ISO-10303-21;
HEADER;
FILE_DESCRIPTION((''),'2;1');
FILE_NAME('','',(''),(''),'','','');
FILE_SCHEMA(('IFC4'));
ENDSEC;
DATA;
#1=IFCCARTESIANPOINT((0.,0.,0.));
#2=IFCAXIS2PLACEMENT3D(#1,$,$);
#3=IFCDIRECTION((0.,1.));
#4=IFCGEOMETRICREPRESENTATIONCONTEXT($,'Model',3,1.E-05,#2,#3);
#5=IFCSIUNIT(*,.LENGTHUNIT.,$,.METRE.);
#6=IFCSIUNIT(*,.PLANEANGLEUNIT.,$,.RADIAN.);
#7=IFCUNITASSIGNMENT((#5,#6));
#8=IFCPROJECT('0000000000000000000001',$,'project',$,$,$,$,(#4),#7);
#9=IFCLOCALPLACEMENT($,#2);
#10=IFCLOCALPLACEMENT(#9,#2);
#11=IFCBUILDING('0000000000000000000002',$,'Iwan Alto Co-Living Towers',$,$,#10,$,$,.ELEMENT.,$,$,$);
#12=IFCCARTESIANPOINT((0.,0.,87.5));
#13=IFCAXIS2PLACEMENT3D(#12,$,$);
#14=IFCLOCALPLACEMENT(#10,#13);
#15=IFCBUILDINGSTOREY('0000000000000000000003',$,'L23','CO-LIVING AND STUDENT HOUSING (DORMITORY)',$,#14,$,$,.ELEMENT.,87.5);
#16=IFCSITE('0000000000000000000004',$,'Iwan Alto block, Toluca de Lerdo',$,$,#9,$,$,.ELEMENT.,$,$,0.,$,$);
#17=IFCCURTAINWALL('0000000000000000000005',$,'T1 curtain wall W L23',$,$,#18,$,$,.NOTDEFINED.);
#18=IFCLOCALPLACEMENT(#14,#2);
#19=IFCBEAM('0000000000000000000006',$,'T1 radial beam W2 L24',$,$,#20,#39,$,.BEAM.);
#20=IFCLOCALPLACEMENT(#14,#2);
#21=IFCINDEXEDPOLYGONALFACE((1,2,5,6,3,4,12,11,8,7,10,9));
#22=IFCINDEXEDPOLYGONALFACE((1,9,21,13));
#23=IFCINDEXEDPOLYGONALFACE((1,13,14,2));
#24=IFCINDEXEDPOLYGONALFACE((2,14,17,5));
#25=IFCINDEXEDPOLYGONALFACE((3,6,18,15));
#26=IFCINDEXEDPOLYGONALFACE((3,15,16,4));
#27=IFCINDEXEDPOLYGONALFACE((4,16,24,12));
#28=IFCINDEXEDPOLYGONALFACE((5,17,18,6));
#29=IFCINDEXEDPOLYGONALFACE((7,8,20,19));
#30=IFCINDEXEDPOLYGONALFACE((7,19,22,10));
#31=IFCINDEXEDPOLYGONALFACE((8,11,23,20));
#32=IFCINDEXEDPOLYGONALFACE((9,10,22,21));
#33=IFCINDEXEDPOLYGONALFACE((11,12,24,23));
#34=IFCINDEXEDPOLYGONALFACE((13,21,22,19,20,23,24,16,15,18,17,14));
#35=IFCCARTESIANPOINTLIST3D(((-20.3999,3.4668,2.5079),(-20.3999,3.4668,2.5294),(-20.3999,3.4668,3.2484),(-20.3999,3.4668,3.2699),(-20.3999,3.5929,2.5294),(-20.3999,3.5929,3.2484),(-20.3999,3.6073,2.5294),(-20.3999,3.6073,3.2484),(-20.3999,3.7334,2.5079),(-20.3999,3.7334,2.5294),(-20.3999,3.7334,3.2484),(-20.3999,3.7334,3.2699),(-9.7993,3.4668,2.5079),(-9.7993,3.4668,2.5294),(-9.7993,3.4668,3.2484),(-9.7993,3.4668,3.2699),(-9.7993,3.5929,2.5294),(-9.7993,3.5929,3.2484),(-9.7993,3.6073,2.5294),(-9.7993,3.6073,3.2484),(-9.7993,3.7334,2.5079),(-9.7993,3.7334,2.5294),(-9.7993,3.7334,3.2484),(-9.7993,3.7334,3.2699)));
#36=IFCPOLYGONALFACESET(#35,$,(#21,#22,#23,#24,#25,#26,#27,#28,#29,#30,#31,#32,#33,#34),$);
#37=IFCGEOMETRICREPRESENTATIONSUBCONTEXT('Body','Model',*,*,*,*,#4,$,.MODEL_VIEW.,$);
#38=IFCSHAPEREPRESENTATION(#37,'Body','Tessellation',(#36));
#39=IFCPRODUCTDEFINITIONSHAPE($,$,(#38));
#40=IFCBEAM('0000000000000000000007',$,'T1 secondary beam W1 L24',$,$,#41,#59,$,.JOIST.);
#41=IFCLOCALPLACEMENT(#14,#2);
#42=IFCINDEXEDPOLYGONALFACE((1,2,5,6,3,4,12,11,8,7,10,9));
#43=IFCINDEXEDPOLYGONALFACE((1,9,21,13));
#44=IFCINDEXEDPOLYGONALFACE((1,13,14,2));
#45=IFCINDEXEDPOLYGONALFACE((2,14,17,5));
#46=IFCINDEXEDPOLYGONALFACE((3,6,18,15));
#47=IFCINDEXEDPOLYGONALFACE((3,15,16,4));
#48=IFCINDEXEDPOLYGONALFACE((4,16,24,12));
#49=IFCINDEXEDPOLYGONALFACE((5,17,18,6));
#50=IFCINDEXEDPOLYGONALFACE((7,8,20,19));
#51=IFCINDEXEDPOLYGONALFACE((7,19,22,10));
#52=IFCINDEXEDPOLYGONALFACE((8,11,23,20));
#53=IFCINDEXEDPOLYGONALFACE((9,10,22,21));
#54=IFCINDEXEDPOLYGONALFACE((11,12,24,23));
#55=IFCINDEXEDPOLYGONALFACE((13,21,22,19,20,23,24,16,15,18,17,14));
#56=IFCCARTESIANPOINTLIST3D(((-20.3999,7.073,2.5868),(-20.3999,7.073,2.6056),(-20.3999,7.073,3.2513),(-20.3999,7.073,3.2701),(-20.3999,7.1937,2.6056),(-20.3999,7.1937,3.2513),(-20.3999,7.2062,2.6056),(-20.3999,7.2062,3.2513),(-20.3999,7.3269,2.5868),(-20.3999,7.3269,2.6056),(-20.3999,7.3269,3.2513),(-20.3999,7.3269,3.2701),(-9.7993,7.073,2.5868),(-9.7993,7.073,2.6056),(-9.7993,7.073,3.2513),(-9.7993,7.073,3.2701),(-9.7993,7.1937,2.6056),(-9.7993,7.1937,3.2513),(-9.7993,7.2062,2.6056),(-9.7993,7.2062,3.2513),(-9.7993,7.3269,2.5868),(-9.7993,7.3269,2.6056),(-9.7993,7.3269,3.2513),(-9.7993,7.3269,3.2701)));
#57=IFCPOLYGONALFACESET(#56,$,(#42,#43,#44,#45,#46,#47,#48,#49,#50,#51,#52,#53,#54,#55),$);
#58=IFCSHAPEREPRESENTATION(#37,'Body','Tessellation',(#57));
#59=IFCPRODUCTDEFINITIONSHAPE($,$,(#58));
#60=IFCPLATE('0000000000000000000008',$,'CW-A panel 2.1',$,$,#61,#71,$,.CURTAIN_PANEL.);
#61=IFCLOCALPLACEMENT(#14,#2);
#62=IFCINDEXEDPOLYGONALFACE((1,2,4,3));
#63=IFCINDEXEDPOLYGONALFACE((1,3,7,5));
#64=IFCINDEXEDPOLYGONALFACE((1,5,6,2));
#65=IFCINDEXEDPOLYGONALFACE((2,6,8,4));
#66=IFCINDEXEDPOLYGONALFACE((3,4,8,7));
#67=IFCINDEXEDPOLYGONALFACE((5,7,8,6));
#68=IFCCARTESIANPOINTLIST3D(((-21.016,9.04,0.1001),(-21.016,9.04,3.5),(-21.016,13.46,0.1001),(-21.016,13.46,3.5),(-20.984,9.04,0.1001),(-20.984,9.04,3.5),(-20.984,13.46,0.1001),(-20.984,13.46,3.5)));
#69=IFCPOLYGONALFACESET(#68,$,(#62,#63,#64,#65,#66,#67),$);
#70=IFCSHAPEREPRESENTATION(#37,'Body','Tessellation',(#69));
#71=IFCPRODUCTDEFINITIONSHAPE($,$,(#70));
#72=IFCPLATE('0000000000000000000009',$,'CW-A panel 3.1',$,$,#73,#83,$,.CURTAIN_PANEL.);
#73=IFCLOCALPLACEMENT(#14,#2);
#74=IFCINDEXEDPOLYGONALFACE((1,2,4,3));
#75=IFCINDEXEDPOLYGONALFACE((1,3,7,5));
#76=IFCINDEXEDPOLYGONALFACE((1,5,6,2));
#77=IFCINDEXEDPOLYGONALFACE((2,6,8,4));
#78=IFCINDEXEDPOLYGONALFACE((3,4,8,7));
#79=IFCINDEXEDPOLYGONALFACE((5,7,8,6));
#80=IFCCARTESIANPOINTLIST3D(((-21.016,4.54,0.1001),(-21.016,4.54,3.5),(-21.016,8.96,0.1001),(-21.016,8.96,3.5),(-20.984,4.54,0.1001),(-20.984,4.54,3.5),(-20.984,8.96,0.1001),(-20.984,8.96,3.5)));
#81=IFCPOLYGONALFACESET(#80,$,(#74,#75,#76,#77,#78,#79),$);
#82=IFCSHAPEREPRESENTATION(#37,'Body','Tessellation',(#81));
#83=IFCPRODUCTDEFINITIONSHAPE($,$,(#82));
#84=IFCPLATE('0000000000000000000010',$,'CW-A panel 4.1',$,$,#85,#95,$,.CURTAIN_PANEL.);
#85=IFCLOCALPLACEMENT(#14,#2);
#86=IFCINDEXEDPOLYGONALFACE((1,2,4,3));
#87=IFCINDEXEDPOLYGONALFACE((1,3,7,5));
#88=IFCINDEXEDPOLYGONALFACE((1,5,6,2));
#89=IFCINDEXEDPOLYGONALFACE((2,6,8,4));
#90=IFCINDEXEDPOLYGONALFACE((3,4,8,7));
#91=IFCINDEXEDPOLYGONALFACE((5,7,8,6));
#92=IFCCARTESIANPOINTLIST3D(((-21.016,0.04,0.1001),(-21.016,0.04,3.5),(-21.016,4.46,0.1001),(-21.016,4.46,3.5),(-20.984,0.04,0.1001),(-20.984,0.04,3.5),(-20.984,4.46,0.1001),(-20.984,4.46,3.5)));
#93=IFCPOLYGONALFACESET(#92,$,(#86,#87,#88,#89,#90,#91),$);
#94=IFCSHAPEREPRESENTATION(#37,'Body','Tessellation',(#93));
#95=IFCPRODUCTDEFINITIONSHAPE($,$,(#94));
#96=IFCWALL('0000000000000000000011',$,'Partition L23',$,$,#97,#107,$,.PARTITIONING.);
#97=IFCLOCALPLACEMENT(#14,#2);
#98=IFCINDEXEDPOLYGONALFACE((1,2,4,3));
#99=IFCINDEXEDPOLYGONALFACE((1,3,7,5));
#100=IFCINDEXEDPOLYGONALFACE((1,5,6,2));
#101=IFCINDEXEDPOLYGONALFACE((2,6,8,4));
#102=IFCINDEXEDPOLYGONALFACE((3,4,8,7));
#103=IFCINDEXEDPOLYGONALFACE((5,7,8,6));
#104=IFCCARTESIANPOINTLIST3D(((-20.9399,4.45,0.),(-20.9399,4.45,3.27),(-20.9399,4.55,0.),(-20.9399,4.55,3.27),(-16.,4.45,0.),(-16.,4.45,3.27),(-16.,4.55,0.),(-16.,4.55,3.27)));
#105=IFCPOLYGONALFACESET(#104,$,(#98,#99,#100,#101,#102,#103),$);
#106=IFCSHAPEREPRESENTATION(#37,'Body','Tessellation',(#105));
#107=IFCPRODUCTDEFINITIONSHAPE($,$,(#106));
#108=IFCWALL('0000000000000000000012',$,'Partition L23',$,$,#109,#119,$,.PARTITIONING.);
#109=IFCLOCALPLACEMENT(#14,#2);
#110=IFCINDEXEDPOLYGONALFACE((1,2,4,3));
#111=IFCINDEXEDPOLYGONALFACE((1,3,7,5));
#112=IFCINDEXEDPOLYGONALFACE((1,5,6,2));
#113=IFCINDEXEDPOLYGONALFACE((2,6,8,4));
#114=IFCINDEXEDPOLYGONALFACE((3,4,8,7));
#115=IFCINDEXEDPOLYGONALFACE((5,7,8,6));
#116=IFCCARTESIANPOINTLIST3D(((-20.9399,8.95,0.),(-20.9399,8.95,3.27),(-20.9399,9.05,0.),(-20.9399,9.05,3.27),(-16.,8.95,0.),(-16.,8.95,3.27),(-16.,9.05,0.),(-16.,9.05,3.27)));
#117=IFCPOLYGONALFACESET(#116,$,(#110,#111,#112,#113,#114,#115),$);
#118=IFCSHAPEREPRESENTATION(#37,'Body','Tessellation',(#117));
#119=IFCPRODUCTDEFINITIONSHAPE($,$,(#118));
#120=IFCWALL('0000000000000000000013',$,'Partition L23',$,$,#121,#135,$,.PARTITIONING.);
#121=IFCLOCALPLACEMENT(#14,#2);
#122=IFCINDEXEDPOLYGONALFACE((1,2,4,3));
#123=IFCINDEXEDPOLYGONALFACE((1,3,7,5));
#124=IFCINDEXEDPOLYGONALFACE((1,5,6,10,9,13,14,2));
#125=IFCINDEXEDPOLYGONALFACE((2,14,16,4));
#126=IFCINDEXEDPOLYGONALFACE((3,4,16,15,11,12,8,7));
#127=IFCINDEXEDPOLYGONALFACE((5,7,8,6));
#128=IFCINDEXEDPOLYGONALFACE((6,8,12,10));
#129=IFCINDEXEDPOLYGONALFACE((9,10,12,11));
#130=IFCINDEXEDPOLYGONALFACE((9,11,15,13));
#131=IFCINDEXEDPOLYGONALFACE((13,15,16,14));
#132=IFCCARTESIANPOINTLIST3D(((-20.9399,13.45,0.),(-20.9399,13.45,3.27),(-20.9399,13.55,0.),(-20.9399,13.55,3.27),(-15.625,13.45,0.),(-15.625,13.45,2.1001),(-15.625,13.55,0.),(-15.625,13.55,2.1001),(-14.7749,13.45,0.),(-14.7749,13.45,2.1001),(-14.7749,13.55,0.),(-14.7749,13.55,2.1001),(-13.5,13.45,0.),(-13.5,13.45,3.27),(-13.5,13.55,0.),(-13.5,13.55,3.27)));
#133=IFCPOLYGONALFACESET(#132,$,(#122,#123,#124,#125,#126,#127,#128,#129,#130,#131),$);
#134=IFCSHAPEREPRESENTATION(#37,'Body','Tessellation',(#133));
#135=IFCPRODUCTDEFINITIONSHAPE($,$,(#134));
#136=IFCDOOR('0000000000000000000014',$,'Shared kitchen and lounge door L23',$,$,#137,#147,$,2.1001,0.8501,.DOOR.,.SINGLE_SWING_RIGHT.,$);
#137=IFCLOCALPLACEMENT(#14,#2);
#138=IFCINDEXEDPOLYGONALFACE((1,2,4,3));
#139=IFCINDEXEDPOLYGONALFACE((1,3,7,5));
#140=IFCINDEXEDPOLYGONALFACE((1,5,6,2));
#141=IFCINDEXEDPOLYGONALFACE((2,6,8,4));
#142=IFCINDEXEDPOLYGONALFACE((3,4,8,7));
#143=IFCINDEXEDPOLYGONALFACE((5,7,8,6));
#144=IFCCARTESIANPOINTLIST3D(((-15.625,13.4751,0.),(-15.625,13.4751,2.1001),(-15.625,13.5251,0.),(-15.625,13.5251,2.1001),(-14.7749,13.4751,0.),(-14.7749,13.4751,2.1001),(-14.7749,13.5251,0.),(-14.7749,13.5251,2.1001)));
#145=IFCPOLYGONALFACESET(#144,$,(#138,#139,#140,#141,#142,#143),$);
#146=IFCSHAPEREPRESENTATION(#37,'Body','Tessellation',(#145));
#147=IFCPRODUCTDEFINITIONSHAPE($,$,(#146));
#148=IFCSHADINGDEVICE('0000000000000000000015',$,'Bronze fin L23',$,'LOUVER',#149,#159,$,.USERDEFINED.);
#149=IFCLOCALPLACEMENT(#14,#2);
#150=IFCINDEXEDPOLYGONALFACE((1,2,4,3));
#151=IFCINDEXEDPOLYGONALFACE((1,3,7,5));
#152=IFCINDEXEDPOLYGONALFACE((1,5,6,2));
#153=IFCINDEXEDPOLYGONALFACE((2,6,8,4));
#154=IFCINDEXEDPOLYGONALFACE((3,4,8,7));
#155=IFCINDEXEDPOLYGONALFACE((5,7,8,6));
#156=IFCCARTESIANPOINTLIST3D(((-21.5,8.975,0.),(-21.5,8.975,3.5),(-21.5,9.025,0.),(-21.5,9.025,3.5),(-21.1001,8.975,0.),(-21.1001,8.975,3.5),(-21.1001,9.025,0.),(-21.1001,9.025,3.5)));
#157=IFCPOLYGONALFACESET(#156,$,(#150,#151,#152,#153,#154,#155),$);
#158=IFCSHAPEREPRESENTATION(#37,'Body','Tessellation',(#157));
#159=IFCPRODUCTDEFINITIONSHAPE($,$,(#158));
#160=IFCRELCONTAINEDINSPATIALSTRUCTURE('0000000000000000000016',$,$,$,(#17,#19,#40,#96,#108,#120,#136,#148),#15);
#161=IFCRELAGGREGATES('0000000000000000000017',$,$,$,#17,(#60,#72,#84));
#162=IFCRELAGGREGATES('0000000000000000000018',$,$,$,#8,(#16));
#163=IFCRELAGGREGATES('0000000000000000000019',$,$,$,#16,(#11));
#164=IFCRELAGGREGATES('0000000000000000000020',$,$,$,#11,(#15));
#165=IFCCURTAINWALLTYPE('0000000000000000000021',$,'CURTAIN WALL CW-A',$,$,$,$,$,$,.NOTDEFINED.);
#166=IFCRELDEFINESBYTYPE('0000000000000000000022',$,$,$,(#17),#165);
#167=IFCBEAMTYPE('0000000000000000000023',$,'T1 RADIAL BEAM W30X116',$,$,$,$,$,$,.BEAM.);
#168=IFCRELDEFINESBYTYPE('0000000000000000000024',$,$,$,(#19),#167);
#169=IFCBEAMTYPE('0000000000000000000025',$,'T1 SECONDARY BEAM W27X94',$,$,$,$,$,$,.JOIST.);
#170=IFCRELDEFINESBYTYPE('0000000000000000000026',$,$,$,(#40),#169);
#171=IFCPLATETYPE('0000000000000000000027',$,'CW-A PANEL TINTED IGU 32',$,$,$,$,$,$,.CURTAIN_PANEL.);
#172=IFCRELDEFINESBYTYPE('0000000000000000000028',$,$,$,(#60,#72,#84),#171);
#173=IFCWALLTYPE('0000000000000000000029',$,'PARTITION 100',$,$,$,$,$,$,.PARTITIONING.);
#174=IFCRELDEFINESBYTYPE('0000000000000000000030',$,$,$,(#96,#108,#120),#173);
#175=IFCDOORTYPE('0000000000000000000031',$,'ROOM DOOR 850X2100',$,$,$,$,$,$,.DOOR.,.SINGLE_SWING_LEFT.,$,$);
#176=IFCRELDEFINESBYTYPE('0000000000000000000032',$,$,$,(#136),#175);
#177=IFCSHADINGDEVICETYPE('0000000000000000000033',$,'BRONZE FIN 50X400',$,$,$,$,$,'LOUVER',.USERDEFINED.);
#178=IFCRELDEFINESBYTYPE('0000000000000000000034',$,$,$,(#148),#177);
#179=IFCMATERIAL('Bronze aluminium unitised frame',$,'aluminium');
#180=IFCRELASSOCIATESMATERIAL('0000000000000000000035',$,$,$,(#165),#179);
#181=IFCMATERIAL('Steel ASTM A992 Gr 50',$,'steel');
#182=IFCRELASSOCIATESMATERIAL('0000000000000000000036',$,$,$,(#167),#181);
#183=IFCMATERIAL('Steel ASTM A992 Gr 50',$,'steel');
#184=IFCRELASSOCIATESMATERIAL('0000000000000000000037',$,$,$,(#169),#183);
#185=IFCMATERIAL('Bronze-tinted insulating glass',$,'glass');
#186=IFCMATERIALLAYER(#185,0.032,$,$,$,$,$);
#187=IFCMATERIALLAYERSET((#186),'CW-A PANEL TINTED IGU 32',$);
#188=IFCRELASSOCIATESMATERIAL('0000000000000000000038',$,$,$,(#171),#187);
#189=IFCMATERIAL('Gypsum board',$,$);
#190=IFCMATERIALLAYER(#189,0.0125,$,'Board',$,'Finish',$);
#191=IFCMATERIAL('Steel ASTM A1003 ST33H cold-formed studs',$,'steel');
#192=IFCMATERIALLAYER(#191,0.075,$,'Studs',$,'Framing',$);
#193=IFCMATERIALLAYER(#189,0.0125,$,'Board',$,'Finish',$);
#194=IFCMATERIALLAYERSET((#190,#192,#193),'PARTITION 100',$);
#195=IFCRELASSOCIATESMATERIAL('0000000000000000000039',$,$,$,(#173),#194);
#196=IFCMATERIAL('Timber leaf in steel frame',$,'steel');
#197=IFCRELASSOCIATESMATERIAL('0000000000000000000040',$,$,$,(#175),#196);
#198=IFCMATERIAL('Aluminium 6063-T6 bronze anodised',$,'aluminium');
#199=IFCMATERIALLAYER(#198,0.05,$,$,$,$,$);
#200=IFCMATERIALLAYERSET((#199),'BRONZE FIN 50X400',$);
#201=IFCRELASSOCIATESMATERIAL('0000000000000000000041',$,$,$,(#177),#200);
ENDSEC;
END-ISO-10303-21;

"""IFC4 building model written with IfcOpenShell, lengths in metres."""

from ifc_helpers import new_model, si_unit, direction, frame, frame_2d, origin, origin_2d, place, context, subcontext, project, spatial, rectangle, i_section, extrude, material, layer, layer_set, material_profile, profile_set, type_object, element, fill, aggregate, save


model = new_model("IFC4")

# Units and contexts
model_context = context("Model", 3, precision=1e-05, world=origin(), true_north=direction((0.0, 1.0)))
body_context = subcontext(model_context, "Body", "Model", "MODEL_VIEW")
ifc_project = project(units=[si_unit("LENGTHUNIT", "METRE"), si_unit("PLANEANGLEUNIT", "RADIAN")], contexts=[model_context])

# Site, building, storey
site_placement = place(None, origin())
site = spatial("IfcSite", under=ifc_project, at=site_placement, Name="Iwan Alto block, Toluca de Lerdo", CompositionType="ELEMENT", RefElevation=0.0)
building_placement = place(site_placement, origin())
building = spatial("IfcBuilding", under=site, at=building_placement, Name="Iwan Alto Co-Living Towers", CompositionType="ELEMENT")
storey_placement = place(building_placement, frame((0.0, 0.0, 87.5)))
storey = spatial("IfcBuildingStorey", under=building, at=storey_placement, Name="L23", Description="CO-LIVING AND STUDENT HOUSING (DORMITORY)", CompositionType="ELEMENT", Elevation=87.5)

# Curtain wall
ifc_material_1 = material(Name="Bronze aluminium unitised frame", Category="aluminium")
curtain_wall_type = type_object("IfcCurtainWallType", Name="CURTAIN WALL CW-A", PredefinedType="NOTDEFINED", material=ifc_material_1)
curtain_wall_placement = place(storey_placement, origin())
curtain_wall = element("IfcCurtainWall", 1, at=curtain_wall_placement, inside=storey, type_object=curtain_wall_type, Name="T1 curtain wall W L23", PredefinedType="NOTDEFINED")

# Beams
ifc_material_2 = material(Name="Steel ASTM A992 Gr 50", Category="steel")
ifc_material_profile_1 = material_profile(ifc_material_2, i_section(OverallWidth=0.2666, OverallDepth=0.762, WebThickness=0.0144, FlangeThickness=0.0215, at=origin_2d()), Name="W30X116")
ifc_profile_set_1 = profile_set([ifc_material_profile_1], Name="Steel ASTM A992 Gr 50")
beam_type_1 = type_object("IfcBeamType", Name="T1 RADIAL BEAM W30X116", PredefinedType="BEAM", material=ifc_profile_set_1)
beam_1_placement = place(storey_placement, frame((-20.3999, 3.6001, 2.8889), z_axis=(1.0, 0.0, 0.0), x_axis=(0.0, 1.0, 0.0)))
element("IfcBeam", 2, at=beam_1_placement, inside=storey, type_object=beam_type_1, Name="T1 radial beam W2 L24", PredefinedType="BEAM", context=body_context, shape_type="SweptSolid", body=[
    extrude(i_section(OverallWidth=0.2666, OverallDepth=0.762, WebThickness=0.0144, FlangeThickness=0.0215, at=origin_2d()), origin(), (0.0, 0.0, 1.0), 10.6006),
])
ifc_material_3 = material(Name="Steel ASTM A992 Gr 50", Category="steel")
ifc_material_profile_2 = material_profile(ifc_material_3, i_section(OverallWidth=0.2539, OverallDepth=0.6833, WebThickness=0.0125, FlangeThickness=0.0188, at=origin_2d()), Name="W27X94")
ifc_profile_set_2 = profile_set([ifc_material_profile_2], Name="Steel ASTM A992 Gr 50")
beam_type_2 = type_object("IfcBeamType", Name="T1 SECONDARY BEAM W27X94", PredefinedType="JOIST", material=ifc_profile_set_2)
beam_2_placement = place(storey_placement, frame((-20.3999, 7.2, 2.9285), z_axis=(1.0, 0.0, 0.0), x_axis=(0.0, 1.0, 0.0)))
element("IfcBeam", 3, at=beam_2_placement, inside=storey, type_object=beam_type_2, Name="T1 secondary beam W1 L24", PredefinedType="JOIST", context=body_context, shape_type="SweptSolid", body=[
    extrude(i_section(OverallWidth=0.2539, OverallDepth=0.6833, WebThickness=0.0125, FlangeThickness=0.0188, at=origin_2d()), origin(), (0.0, 0.0, 1.0), 10.6006),
])

# Plates
ifc_material_4 = material(Name="Bronze-tinted insulating glass", Category="glass")
ifc_layer_1 = layer(ifc_material_4, 0.032)
ifc_layer_set_1 = layer_set([ifc_layer_1], Name="CW-A PANEL TINTED IGU 32")
plate_type = type_object("IfcPlateType", Name="CW-A PANEL TINTED IGU 32", PredefinedType="CURTAIN_PANEL", material=ifc_layer_set_1)
plate_1_placement = place(storey_placement, frame((-21.0, 11.25, 0.1001), z_axis=(0.0, 0.0, 1.0), x_axis=(0.0, -1.0, 0.0)))
plate_1 = element("IfcPlate", 4, at=plate_1_placement, type_object=plate_type, Name="CW-A panel 2.1", PredefinedType="CURTAIN_PANEL", context=body_context, shape_type="SweptSolid", body=[
    extrude(rectangle(XDim=4.4199, YDim=0.032, at=origin_2d()), origin(), (0.0, 0.0, 1.0), 3.3999),
])
plate_2_placement = place(storey_placement, frame((-21.0, 6.75, 0.1001), z_axis=(0.0, 0.0, 1.0), x_axis=(0.0, -1.0, 0.0)))
plate_2 = element("IfcPlate", 5, at=plate_2_placement, type_object=plate_type, Name="CW-A panel 3.1", PredefinedType="CURTAIN_PANEL", context=body_context, shape_type="SweptSolid", body=[
    extrude(rectangle(XDim=4.4199, YDim=0.032, at=origin_2d()), origin(), (0.0, 0.0, 1.0), 3.3999),
])
plate_3_placement = place(storey_placement, frame((-21.0, 2.25, 0.1001), z_axis=(0.0, 0.0, 1.0), x_axis=(0.0, -1.0, 0.0)))
plate_3 = element("IfcPlate", 6, at=plate_3_placement, type_object=plate_type, Name="CW-A panel 4.1", PredefinedType="CURTAIN_PANEL", context=body_context, shape_type="SweptSolid", body=[
    extrude(rectangle(XDim=4.4199, YDim=0.032, at=origin_2d()), origin(), (0.0, 0.0, 1.0), 3.3999),
])
aggregate(curtain_wall, [plate_1, plate_2, plate_3])

# Walls
ifc_material_5 = material(Name="Gypsum board")
ifc_layer_2 = layer(ifc_material_5, 0.0125, Name="Board", Category="Finish")
ifc_material_6 = material(Name="Steel ASTM A1003 ST33H cold-formed studs", Category="steel")
ifc_layer_3 = layer(ifc_material_6, 0.075, Name="Studs", Category="Framing")
ifc_layer_4 = layer(ifc_material_5, 0.0125, Name="Board", Category="Finish")
ifc_layer_set_2 = layer_set([ifc_layer_2, ifc_layer_3, ifc_layer_4], Name="PARTITION 100")
wall_type = type_object("IfcWallType", Name="PARTITION 100", PredefinedType="PARTITIONING", material=ifc_layer_set_2)
for number, where, z_axis, x_axis, name in (
    (7, (-20.9399, 4.5, 0.0), (0.0, 0.0, 1.0), (1.0, 0.0, 0.0), "Partition L23"),
    (8, (-20.9399, 9.0, 0.0), (0.0, 0.0, 1.0), (1.0, 0.0, 0.0), "Partition L23"),
):
    element("IfcWall", number, at=place(storey_placement, frame(where, z_axis=z_axis, x_axis=x_axis)), inside=storey, type_object=wall_type, Name=name, PredefinedType="PARTITIONING", context=body_context, shape_type="SweptSolid", body=[
        extrude(rectangle(XDim=4.9399, YDim=0.1001, at=frame_2d((2.47, 0.0))), origin(), (0.0, 0.0, 1.0), 3.27),
    ])

# Wall, opening, door
wall_placement = place(storey_placement, frame((-20.9399, 13.5, 0.0), z_axis=(0.0, 0.0, 1.0), x_axis=(1.0, 0.0, 0.0)))
wall = element("IfcWall", 9, at=wall_placement, inside=storey, type_object=wall_type, Name="Partition L23", PredefinedType="PARTITIONING", context=body_context, shape_type="SweptSolid", body=[
    extrude(rectangle(XDim=7.4399, YDim=0.1001, at=frame_2d((3.72, 0.0))), origin(), (0.0, 0.0, 1.0), 3.27),
])
opening_placement = place(wall_placement, frame((5.3149, 0.0, 0.0)))
opening = element("IfcOpeningElement", 10, at=opening_placement, cuts=wall, PredefinedType="OPENING", context=body_context, shape_type="SweptSolid", body=[
    extrude(rectangle(XDim=0.8501, YDim=2.1001, at=frame_2d((0.425, 1.05))), frame((0.0, 0.0601, 0.0), z_axis=(0.0, -1.0, 0.0), x_axis=(1.0, 0.0, 0.0)), (0.0, 0.0, 1.0), 0.1201),
])
ifc_material_7 = material(Name="Timber leaf in steel frame", Category="steel")
door_type = type_object("IfcDoorType", Name="ROOM DOOR 850X2100", OperationType="SINGLE_SWING_LEFT", PredefinedType="DOOR", material=ifc_material_7)
door_placement = place(opening_placement, frame((0.8501, 0.0, 0.0), z_axis=(0.0, 0.0, 1.0), x_axis=(-1.0, 0.0, 0.0)))
door = element("IfcDoor", 11, at=door_placement, inside=storey, type_object=door_type, Name="Shared kitchen and lounge door L23", OperationType="SINGLE_SWING_RIGHT", OverallHeight=2.1001, OverallWidth=0.8501, PredefinedType="DOOR", context=body_context, shape_type="SweptSolid", body=[
    extrude(rectangle(XDim=0.8501, YDim=2.1001, at=frame_2d((0.425, 1.05))), frame((0.0, 0.0249, 0.0), z_axis=(0.0, -1.0, 0.0), x_axis=(1.0, 0.0, 0.0)), (0.0, 0.0, 1.0), 0.05),
])
fill(opening, door)

# Shading device
ifc_material_8 = material(Name="Aluminium 6063-T6 bronze anodised", Category="aluminium")
ifc_layer_5 = layer(ifc_material_8, 0.05)
ifc_layer_set_3 = layer_set([ifc_layer_5], Name="BRONZE FIN 50X400")
shading_device_type = type_object("IfcShadingDeviceType", Name="BRONZE FIN 50X400", ElementType="LOUVER", PredefinedType="USERDEFINED", material=ifc_layer_set_3)
shading_device_placement = place(storey_placement, frame((-21.3, 9.0, 0.0), z_axis=(0.0, 0.0, 1.0), x_axis=(0.0, -1.0, 0.0)))
element("IfcShadingDevice", 12, at=shading_device_placement, inside=storey, type_object=shading_device_type, Name="Bronze fin L23", ObjectType="LOUVER", PredefinedType="USERDEFINED", context=body_context, shape_type="SweptSolid", body=[
    extrude(rectangle(XDim=0.05, YDim=0.3999, at=origin_2d()), origin(), (0.0, 0.0, 1.0), 3.5),
])

save(model, "model.ifc")
